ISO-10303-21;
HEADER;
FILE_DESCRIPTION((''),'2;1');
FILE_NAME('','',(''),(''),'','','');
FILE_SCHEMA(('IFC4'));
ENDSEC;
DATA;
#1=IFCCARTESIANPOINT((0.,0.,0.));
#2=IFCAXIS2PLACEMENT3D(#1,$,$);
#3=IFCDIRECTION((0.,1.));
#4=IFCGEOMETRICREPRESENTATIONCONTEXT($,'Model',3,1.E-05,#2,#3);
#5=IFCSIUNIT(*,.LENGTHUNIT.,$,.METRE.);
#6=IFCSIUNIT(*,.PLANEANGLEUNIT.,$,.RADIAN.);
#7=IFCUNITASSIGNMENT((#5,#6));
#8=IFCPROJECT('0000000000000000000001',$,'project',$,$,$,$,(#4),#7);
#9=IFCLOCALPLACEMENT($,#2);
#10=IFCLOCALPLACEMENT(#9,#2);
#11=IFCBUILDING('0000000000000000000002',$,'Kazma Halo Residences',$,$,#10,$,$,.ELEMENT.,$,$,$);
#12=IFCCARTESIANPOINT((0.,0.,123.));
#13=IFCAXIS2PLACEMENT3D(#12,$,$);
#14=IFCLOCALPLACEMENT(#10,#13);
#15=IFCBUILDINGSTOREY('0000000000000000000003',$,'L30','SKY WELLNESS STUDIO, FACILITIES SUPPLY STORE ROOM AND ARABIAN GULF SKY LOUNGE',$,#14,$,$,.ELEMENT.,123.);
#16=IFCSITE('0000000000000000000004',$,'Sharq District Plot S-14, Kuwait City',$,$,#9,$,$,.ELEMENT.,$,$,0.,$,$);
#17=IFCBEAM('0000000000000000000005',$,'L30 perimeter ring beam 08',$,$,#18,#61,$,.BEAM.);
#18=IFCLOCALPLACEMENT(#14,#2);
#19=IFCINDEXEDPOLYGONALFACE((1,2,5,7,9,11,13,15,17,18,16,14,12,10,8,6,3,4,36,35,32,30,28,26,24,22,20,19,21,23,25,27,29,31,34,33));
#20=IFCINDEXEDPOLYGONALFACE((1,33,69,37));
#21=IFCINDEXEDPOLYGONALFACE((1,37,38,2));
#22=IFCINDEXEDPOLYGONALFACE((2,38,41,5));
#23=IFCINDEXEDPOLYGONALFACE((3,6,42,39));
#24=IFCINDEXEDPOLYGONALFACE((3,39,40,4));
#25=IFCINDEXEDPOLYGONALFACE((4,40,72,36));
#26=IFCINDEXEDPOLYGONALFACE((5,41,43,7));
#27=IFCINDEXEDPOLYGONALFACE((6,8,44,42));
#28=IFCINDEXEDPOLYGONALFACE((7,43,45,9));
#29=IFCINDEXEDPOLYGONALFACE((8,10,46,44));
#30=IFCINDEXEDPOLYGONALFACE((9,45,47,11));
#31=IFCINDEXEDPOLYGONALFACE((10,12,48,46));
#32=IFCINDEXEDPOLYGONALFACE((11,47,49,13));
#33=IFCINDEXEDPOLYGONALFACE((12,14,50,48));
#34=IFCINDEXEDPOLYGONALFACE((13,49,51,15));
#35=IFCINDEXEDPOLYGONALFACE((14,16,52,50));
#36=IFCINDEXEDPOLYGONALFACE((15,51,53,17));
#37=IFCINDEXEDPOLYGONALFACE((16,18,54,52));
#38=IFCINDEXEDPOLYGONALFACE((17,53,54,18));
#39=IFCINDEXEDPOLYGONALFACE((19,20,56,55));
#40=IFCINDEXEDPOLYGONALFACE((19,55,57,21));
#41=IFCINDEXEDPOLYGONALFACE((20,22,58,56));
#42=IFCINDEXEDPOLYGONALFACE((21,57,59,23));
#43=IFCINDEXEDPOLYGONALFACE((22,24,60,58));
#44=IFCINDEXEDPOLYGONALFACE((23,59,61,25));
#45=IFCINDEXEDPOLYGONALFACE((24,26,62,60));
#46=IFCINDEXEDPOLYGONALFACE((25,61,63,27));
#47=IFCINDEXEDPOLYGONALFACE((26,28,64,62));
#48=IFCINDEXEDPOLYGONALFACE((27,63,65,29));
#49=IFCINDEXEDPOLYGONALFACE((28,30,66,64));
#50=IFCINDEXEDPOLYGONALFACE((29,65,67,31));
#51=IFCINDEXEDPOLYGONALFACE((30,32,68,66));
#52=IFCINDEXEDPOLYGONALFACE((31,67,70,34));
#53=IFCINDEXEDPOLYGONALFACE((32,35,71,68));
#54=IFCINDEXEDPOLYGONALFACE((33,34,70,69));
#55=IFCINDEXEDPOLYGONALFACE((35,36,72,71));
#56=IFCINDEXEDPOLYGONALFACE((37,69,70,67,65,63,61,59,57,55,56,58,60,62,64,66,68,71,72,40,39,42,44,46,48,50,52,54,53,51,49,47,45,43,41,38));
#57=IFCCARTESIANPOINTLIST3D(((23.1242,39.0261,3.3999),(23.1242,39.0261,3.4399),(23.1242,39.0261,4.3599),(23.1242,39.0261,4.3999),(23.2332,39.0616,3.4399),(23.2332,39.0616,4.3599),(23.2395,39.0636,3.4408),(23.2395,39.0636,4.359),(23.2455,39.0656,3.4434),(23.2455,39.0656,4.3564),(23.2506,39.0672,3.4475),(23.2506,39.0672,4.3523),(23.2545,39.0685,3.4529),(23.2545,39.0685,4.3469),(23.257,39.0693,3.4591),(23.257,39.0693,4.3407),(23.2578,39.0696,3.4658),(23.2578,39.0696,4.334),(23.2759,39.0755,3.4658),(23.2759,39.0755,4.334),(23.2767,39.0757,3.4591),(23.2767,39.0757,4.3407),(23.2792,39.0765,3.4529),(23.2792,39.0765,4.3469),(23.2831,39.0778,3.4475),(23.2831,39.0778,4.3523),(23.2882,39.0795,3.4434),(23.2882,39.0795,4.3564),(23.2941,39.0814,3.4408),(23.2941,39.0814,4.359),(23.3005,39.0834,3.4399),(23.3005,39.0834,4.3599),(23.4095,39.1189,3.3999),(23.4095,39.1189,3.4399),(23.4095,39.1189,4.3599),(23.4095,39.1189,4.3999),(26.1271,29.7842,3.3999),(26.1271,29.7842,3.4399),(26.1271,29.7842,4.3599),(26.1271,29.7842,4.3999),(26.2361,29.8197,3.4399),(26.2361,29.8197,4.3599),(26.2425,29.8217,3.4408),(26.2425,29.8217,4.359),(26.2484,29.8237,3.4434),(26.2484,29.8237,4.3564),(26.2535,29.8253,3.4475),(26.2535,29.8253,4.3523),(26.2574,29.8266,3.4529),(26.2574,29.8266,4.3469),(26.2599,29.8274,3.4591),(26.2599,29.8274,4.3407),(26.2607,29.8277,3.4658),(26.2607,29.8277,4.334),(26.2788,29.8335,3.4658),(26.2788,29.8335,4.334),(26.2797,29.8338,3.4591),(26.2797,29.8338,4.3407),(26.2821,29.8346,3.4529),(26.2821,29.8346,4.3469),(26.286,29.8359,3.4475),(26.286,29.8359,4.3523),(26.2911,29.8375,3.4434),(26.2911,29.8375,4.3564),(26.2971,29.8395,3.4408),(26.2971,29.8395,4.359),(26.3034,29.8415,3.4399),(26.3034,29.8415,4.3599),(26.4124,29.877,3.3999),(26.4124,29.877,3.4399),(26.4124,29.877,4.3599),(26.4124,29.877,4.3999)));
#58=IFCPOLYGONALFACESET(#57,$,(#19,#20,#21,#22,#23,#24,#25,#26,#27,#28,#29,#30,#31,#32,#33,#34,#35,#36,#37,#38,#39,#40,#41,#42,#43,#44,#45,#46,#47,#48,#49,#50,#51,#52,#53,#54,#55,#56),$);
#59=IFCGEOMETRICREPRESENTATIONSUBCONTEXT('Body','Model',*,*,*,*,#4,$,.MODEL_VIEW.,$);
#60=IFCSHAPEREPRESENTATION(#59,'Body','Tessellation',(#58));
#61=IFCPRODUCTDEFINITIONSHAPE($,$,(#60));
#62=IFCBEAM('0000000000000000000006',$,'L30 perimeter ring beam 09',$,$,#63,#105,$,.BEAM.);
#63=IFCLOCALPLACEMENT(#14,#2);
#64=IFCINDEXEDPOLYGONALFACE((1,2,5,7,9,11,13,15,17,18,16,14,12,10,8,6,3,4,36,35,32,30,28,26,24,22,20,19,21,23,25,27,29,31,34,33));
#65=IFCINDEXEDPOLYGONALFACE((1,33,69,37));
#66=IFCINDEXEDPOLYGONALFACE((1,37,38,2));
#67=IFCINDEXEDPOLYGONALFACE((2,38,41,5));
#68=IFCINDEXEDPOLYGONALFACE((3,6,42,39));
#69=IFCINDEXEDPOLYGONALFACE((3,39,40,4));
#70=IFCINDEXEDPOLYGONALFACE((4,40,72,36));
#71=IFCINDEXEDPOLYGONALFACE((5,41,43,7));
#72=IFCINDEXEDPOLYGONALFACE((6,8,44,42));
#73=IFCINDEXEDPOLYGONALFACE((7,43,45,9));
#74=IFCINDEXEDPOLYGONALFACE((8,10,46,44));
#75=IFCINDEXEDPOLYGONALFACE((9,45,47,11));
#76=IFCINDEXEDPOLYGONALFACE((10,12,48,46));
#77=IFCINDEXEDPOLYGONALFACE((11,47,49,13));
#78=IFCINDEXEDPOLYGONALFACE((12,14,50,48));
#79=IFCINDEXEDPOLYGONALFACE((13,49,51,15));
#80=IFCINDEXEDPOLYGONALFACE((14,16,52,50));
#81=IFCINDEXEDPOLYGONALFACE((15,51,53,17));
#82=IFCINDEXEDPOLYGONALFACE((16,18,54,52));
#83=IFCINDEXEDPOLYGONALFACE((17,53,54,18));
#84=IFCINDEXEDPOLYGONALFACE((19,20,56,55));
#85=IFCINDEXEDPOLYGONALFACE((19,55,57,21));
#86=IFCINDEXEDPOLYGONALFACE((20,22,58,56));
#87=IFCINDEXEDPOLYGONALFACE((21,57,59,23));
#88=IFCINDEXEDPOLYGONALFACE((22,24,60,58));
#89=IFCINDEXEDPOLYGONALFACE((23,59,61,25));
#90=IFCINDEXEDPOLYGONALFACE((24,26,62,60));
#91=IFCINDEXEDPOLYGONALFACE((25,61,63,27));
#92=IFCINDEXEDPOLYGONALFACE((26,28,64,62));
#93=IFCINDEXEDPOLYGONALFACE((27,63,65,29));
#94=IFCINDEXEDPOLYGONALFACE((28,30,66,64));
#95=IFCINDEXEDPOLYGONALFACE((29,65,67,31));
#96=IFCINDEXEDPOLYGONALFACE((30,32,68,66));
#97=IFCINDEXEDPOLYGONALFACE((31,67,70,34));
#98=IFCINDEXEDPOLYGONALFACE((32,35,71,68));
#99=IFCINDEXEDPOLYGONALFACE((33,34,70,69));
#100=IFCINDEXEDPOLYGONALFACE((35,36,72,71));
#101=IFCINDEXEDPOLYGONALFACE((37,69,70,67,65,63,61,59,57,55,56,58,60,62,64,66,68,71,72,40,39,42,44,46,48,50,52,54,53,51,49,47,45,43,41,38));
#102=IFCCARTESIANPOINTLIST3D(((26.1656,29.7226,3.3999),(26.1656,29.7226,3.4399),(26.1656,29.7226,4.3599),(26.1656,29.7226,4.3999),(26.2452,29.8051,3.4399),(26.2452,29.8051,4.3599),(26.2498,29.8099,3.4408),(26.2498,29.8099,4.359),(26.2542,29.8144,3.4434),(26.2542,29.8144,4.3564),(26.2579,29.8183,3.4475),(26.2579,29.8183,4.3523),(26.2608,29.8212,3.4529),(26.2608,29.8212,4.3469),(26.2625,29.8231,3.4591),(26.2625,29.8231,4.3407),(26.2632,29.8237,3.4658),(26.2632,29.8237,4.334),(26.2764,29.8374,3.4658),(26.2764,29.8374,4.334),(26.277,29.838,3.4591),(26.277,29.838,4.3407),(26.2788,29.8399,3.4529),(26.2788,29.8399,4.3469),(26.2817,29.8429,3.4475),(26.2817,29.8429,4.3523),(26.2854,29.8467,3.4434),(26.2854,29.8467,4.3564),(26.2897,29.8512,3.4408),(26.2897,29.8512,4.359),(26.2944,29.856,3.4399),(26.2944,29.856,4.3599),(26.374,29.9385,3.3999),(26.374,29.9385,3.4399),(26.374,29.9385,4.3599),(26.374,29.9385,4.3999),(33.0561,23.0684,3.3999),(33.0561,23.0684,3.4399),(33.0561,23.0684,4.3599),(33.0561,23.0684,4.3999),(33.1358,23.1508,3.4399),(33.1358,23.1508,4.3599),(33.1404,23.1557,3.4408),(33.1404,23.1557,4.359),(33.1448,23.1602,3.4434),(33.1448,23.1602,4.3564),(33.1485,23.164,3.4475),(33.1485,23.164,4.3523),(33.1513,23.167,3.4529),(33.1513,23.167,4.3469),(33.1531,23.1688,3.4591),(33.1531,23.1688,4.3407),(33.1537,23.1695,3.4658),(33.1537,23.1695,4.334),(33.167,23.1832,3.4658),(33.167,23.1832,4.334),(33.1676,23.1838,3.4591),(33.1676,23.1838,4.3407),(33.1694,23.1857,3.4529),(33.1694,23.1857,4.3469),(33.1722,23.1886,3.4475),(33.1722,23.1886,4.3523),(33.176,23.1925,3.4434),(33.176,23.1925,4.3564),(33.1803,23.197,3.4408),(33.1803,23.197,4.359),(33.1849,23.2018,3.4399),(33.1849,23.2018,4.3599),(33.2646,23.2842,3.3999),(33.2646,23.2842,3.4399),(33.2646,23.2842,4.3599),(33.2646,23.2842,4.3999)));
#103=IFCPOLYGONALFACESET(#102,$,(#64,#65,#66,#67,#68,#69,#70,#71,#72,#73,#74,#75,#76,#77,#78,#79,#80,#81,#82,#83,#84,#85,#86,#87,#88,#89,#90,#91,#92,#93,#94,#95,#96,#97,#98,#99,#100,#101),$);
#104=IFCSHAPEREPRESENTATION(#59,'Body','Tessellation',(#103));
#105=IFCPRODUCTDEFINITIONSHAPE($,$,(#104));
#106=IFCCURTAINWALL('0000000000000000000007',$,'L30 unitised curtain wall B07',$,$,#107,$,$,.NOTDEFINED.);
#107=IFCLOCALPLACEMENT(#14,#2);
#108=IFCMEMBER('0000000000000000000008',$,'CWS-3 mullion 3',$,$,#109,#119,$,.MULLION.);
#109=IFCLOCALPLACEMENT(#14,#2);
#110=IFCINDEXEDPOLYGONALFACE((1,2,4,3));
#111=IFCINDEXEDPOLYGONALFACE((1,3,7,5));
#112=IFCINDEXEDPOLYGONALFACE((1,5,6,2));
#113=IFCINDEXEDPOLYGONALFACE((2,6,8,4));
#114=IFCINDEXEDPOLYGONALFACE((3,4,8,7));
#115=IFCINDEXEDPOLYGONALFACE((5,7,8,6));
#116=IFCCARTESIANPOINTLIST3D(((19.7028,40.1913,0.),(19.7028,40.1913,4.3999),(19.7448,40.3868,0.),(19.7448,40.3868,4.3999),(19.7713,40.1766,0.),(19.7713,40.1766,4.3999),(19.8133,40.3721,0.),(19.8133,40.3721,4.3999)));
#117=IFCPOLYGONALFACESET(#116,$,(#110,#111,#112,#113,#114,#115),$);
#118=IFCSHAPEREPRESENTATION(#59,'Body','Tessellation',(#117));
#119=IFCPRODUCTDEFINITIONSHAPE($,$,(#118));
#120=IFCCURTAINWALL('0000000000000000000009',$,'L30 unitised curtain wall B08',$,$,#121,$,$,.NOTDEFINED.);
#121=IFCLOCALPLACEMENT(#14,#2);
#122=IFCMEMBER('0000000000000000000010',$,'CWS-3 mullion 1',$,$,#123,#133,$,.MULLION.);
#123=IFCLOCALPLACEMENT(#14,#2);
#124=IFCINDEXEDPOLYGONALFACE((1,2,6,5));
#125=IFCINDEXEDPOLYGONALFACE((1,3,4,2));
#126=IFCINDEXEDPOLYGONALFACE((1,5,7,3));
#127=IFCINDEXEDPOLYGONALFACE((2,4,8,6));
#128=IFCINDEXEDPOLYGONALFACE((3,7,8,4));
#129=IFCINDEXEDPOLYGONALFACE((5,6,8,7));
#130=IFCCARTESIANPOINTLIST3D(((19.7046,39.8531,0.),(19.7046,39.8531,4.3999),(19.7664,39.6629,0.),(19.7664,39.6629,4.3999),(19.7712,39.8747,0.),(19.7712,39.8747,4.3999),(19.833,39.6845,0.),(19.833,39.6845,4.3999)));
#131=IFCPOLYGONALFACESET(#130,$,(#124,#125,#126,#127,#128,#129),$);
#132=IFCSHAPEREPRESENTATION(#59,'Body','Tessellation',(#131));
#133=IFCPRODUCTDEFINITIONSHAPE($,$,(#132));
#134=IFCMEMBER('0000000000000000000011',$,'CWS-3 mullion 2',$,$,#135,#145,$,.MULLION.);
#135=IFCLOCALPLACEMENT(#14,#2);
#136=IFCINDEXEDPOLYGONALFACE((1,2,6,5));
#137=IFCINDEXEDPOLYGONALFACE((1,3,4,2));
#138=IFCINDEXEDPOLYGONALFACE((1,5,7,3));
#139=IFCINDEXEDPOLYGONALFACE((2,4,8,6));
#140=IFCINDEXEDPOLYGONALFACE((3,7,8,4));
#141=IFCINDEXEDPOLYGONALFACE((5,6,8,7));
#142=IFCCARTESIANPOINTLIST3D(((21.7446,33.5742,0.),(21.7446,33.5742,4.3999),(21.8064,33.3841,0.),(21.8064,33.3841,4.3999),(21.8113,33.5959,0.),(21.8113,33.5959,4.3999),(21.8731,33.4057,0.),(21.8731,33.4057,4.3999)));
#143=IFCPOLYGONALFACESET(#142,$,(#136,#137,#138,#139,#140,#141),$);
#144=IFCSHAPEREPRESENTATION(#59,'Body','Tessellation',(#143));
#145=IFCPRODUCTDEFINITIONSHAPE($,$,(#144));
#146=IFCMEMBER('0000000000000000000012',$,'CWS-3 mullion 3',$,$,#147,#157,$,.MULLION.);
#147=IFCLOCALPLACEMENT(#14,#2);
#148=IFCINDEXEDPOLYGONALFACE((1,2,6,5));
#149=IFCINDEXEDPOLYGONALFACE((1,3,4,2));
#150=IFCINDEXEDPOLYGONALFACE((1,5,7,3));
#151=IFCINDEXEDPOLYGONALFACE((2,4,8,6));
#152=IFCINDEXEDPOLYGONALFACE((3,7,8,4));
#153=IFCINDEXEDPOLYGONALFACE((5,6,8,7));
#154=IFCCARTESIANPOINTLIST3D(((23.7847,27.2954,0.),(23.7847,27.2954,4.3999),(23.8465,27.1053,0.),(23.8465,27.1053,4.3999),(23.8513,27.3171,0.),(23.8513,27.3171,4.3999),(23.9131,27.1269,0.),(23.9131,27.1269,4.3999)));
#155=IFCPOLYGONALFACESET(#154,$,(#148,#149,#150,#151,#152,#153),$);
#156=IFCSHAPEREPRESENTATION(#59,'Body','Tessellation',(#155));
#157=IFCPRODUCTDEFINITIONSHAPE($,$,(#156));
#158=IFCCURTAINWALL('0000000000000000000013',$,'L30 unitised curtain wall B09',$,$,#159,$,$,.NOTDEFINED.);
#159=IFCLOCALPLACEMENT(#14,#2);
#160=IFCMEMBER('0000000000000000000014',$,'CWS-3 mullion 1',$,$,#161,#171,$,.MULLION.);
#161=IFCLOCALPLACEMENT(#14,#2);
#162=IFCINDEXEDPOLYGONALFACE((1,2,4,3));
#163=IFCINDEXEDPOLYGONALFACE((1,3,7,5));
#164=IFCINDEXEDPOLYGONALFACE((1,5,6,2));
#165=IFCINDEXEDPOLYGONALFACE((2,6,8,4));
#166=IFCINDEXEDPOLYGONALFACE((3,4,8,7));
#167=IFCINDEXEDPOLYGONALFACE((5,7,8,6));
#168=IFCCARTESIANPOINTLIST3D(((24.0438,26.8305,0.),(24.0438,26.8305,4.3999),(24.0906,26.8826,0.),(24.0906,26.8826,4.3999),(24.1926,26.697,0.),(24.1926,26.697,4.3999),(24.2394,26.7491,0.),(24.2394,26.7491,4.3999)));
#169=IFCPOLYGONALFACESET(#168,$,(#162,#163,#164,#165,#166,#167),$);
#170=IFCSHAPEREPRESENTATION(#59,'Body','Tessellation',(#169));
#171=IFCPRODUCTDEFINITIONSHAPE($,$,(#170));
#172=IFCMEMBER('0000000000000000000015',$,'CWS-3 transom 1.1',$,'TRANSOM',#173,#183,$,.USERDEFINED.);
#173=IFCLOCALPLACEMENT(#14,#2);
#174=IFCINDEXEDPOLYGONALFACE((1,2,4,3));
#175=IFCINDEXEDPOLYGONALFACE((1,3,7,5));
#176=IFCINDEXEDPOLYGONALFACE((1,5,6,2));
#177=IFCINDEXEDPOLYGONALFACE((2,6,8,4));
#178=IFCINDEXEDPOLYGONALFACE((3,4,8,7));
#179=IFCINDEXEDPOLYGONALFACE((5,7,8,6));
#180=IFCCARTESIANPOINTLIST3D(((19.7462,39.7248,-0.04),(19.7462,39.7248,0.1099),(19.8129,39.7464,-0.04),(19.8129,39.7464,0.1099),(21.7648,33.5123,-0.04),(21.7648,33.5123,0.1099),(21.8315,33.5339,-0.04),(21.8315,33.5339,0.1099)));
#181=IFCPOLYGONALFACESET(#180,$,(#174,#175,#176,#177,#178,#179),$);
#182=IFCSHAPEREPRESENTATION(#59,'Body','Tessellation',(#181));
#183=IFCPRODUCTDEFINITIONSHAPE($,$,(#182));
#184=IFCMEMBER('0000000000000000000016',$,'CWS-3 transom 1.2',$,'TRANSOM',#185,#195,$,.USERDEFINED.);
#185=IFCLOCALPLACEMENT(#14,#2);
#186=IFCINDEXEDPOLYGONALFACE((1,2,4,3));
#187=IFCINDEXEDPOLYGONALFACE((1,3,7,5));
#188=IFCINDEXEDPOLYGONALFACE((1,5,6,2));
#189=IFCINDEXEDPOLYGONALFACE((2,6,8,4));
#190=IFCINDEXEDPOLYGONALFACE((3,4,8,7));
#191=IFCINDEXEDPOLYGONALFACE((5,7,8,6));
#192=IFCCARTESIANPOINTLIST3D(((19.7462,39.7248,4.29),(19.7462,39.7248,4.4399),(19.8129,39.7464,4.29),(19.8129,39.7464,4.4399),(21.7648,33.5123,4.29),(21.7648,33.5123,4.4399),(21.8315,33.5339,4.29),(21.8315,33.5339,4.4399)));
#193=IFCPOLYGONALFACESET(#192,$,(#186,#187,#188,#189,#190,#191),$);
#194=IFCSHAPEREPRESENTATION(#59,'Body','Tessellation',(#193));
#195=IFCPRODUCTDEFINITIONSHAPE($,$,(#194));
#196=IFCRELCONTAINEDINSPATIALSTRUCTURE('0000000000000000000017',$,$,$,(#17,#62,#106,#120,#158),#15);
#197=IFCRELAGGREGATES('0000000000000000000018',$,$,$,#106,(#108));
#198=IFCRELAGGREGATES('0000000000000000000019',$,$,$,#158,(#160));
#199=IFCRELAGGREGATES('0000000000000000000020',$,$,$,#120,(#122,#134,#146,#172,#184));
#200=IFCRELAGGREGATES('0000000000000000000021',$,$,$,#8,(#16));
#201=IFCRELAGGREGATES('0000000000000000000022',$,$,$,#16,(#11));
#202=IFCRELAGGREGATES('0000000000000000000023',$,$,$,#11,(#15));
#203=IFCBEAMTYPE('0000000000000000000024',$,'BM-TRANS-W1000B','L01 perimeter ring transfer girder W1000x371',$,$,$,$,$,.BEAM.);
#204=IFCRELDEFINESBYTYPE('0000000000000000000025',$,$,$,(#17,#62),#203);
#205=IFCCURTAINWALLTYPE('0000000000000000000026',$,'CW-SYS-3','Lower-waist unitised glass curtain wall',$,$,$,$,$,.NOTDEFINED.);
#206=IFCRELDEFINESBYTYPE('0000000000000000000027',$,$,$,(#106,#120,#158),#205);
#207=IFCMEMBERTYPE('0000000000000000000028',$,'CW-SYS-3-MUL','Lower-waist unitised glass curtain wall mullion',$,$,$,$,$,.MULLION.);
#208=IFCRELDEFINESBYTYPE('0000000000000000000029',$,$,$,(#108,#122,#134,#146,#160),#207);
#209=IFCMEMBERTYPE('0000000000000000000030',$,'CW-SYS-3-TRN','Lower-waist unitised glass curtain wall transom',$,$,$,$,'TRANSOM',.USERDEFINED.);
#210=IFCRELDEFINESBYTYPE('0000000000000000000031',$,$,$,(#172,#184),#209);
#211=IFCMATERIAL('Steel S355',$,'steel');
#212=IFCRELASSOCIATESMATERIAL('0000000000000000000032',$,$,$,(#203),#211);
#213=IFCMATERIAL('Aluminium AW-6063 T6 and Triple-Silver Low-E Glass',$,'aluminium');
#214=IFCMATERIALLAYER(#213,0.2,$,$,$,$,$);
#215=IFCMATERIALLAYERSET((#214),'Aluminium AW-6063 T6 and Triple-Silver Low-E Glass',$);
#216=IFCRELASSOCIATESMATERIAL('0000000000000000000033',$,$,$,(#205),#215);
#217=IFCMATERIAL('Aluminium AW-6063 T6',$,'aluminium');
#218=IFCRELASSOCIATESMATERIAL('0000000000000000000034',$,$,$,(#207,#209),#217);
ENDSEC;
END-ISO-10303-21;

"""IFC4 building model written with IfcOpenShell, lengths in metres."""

from ifc_helpers import new_model, si_unit, direction, frame, origin, origin_2d, place, context, subcontext, project, spatial, rectangle, i_section, extrude, material, layer, layer_set, material_profile, profile_set, type_object, element, aggregate, save


model = new_model("IFC4")

# Units and contexts
model_context = context("Model", 3, precision=1e-05, world=origin(), true_north=direction((0.0, 1.0)))
body_context = subcontext(model_context, "Body", "Model", "MODEL_VIEW")
ifc_project = project(units=[si_unit("LENGTHUNIT", "METRE"), si_unit("PLANEANGLEUNIT", "RADIAN")], contexts=[model_context])

# Site, building, storey
site_placement = place(None, origin())
site = spatial("IfcSite", under=ifc_project, at=site_placement, Name="Sharq District Plot S-14, Kuwait City", CompositionType="ELEMENT", RefElevation=0.0)
building_placement = place(site_placement, origin())
building = spatial("IfcBuilding", under=site, at=building_placement, Name="Kazma Halo Residences", CompositionType="ELEMENT")
storey_placement = place(building_placement, frame((0.0, 0.0, 123.0)))
storey = spatial("IfcBuildingStorey", under=building, at=storey_placement, Name="L30", Description="SKY WELLNESS STUDIO, FACILITIES SUPPLY STORE ROOM AND ARABIAN GULF SKY LOUNGE", CompositionType="ELEMENT", Elevation=123.0)

# Beams
ifc_material_1 = material(Name="Steel S355", Category="steel")
ifc_material_profile_1 = material_profile(ifc_material_1, i_section(OverallWidth=0.3, OverallDepth=1.0, WebThickness=0.019, FlangeThickness=0.04, FilletRadius=0.0259, at=origin_2d()), Name="W1000x371")
ifc_profile_set_1 = profile_set([ifc_material_profile_1], Name="Steel S355")
beam_type_1 = type_object("IfcBeamType", Name="BM-TRANS-W1000B", Description="L01 perimeter ring transfer girder W1000x371", PredefinedType="BEAM", material=ifc_profile_set_1)
beam_1_placement = place(storey_placement, frame((23.2668, 39.0725, 3.8999), z_axis=(0.309021, -0.951055, 0.0), x_axis=(0.951055, 0.309021, 0.0)))
element("IfcBeam", 1, at=beam_1_placement, inside=storey, type_object=beam_type_1, Name="L30 perimeter ring beam 08", PredefinedType="BEAM", context=body_context, shape_type="SweptSolid", body=[
    extrude(i_section(OverallWidth=0.3, OverallDepth=1.0, WebThickness=0.019, FlangeThickness=0.04, FilletRadius=0.0259, at=origin_2d()), origin(), (0.0, 0.0, 1.0), 9.7175),
])
beam_2_placement = place(storey_placement, frame((26.2698, 29.8306, 3.8999), z_axis=(0.719335, -0.694664, 0.0), x_axis=(0.694664, 0.719335, 0.0)))
element("IfcBeam", 2, at=beam_2_placement, inside=storey, type_object=beam_type_1, Name="L30 perimeter ring beam 09", PredefinedType="BEAM", context=body_context, shape_type="SweptSolid", body=[
    extrude(i_section(OverallWidth=0.3, OverallDepth=1.0, WebThickness=0.019, FlangeThickness=0.04, FilletRadius=0.0259, at=origin_2d()), origin(), (0.0, 0.0, 1.0), 9.5791),
])

# Curtain wall, member
ifc_material_2 = material(Name="Aluminium AW-6063 T6 and Triple-Silver Low-E Glass", Category="aluminium")
ifc_layer_1 = layer(ifc_material_2, 0.2)
ifc_layer_set_1 = layer_set([ifc_layer_1], Name="Aluminium AW-6063 T6 and Triple-Silver Low-E Glass")
curtain_wall_type = type_object("IfcCurtainWallType", Name="CW-SYS-3", Description="Lower-waist unitised glass curtain wall", PredefinedType="NOTDEFINED", material=ifc_layer_set_1)
curtain_wall_1_placement = place(storey_placement, origin())
curtain_wall_1 = element("IfcCurtainWall", 3, at=curtain_wall_1_placement, inside=storey, type_object=curtain_wall_type, Name="L30 unitised curtain wall B07", PredefinedType="NOTDEFINED")
ifc_material_3 = material(Name="Aluminium AW-6063 T6", Category="aluminium")
ifc_material_profile_2 = material_profile(ifc_material_3, rectangle(XDim=0.0701, YDim=0.2, at=origin_2d()), Name="CWM-70x200")
ifc_profile_set_2 = profile_set([ifc_material_profile_2], Name="Aluminium AW-6063 T6")
member_type_1 = type_object("IfcMemberType", Name="CW-SYS-3-MUL", Description="Lower-waist unitised glass curtain wall mullion", PredefinedType="MULLION", material=ifc_profile_set_2)
member_1_placement = place(storey_placement, frame((19.7581, 40.2817, 0.0), z_axis=(0.0, 0.0, 1.0), x_axis=(0.97777, -0.209681, 0.0)))
member_1 = element("IfcMember", 4, at=member_1_placement, type_object=member_type_1, Name="CWS-3 mullion 3", PredefinedType="MULLION", context=body_context, shape_type="SweptSolid", body=[
    extrude(rectangle(XDim=0.0701, YDim=0.2, at=origin_2d()), origin(), (0.0, 0.0, 1.0), 4.3999),
])
aggregate(curtain_wall_1, [member_1])

# Curtain wall, members
curtain_wall_2_placement = place(storey_placement, origin())
curtain_wall_2 = element("IfcCurtainWall", 5, at=curtain_wall_2_placement, inside=storey, type_object=curtain_wall_type, Name="L30 unitised curtain wall B08", PredefinedType="NOTDEFINED")
member_2_placement = place(storey_placement, frame((19.7688, 39.7688, 0.0), z_axis=(0.0, 0.0, 1.0), x_axis=(0.951056, 0.309018, 0.0)))
member_2 = element("IfcMember", 6, at=member_2_placement, type_object=member_type_1, Name="CWS-3 mullion 1", PredefinedType="MULLION", context=body_context, shape_type="SweptSolid", body=[
    extrude(rectangle(XDim=0.0701, YDim=0.2, at=origin_2d()), origin(), (0.0, 0.0, 1.0), 4.3999),
])
member_3_placement = place(storey_placement, frame((21.8088, 33.49, 0.0), z_axis=(0.0, 0.0, 1.0), x_axis=(0.951056, 0.309018, 0.0)))
member_3 = element("IfcMember", 7, at=member_3_placement, type_object=member_type_1, Name="CWS-3 mullion 2", PredefinedType="MULLION", context=body_context, shape_type="SweptSolid", body=[
    extrude(rectangle(XDim=0.0701, YDim=0.2, at=origin_2d()), origin(), (0.0, 0.0, 1.0), 4.3999),
])
member_4_placement = place(storey_placement, frame((23.8489, 27.2112, 0.0), z_axis=(0.0, 0.0, 1.0), x_axis=(0.951056, 0.309018, 0.0)))
member_4 = element("IfcMember", 8, at=member_4_placement, type_object=member_type_1, Name="CWS-3 mullion 3", PredefinedType="MULLION", context=body_context, shape_type="SweptSolid", body=[
    extrude(rectangle(XDim=0.0701, YDim=0.2, at=origin_2d()), origin(), (0.0, 0.0, 1.0), 4.3999),
])

# Curtain wall, member
curtain_wall_3_placement = place(storey_placement, origin())
curtain_wall_3 = element("IfcCurtainWall", 9, at=curtain_wall_3_placement, inside=storey, type_object=curtain_wall_type, Name="L30 unitised curtain wall B09", PredefinedType="NOTDEFINED")
member_5_placement = place(storey_placement, frame((24.1416, 26.7898, 0.0), z_axis=(0.0, 0.0, 1.0), x_axis=(0.667782, 0.744357, 0.0)))
member_5 = element("IfcMember", 10, at=member_5_placement, type_object=member_type_1, Name="CWS-3 mullion 1", PredefinedType="MULLION", context=body_context, shape_type="SweptSolid", body=[
    extrude(rectangle(XDim=0.0701, YDim=0.2, at=origin_2d()), origin(), (0.0, 0.0, 1.0), 4.3999),
])
aggregate(curtain_wall_3, [member_5])

# Members
ifc_material_profile_3 = material_profile(ifc_material_3, rectangle(XDim=0.0701, YDim=0.1499, at=origin_2d()), Name="CWT-70x150")
ifc_profile_set_3 = profile_set([ifc_material_profile_3], Name="Aluminium AW-6063 T6")
member_type_2 = type_object("IfcMemberType", Name="CW-SYS-3-TRN", Description="Lower-waist unitised glass curtain wall transom", ElementType="TRANSOM", PredefinedType="USERDEFINED", material=ifc_profile_set_3)
member_6_placement = place(storey_placement, frame((19.7795, 39.7356, 0.0349), z_axis=(0.30902, -0.951055, 0.0), x_axis=(0.951055, 0.30902, 0.0)))
member_6 = element("IfcMember", 11, at=member_6_placement, type_object=member_type_2, Name="CWS-3 transom 1.1", ObjectType="TRANSOM", PredefinedType="USERDEFINED", context=body_context, shape_type="SweptSolid", body=[
    extrude(rectangle(XDim=0.0701, YDim=0.1499, at=origin_2d()), origin(), (0.0, 0.0, 1.0), 6.5322),
])
member_7_placement = place(storey_placement, frame((19.7795, 39.7356, 4.365), z_axis=(0.30902, -0.951055, 0.0), x_axis=(0.951055, 0.30902, 0.0)))
member_7 = element("IfcMember", 12, at=member_7_placement, type_object=member_type_2, Name="CWS-3 transom 1.2", ObjectType="TRANSOM", PredefinedType="USERDEFINED", context=body_context, shape_type="SweptSolid", body=[
    extrude(rectangle(XDim=0.0701, YDim=0.1499, at=origin_2d()), origin(), (0.0, 0.0, 1.0), 6.5322),
])

aggregate(curtain_wall_2, [member_2, member_3, member_4, member_6, member_7])

save(model, "model.ifc")
